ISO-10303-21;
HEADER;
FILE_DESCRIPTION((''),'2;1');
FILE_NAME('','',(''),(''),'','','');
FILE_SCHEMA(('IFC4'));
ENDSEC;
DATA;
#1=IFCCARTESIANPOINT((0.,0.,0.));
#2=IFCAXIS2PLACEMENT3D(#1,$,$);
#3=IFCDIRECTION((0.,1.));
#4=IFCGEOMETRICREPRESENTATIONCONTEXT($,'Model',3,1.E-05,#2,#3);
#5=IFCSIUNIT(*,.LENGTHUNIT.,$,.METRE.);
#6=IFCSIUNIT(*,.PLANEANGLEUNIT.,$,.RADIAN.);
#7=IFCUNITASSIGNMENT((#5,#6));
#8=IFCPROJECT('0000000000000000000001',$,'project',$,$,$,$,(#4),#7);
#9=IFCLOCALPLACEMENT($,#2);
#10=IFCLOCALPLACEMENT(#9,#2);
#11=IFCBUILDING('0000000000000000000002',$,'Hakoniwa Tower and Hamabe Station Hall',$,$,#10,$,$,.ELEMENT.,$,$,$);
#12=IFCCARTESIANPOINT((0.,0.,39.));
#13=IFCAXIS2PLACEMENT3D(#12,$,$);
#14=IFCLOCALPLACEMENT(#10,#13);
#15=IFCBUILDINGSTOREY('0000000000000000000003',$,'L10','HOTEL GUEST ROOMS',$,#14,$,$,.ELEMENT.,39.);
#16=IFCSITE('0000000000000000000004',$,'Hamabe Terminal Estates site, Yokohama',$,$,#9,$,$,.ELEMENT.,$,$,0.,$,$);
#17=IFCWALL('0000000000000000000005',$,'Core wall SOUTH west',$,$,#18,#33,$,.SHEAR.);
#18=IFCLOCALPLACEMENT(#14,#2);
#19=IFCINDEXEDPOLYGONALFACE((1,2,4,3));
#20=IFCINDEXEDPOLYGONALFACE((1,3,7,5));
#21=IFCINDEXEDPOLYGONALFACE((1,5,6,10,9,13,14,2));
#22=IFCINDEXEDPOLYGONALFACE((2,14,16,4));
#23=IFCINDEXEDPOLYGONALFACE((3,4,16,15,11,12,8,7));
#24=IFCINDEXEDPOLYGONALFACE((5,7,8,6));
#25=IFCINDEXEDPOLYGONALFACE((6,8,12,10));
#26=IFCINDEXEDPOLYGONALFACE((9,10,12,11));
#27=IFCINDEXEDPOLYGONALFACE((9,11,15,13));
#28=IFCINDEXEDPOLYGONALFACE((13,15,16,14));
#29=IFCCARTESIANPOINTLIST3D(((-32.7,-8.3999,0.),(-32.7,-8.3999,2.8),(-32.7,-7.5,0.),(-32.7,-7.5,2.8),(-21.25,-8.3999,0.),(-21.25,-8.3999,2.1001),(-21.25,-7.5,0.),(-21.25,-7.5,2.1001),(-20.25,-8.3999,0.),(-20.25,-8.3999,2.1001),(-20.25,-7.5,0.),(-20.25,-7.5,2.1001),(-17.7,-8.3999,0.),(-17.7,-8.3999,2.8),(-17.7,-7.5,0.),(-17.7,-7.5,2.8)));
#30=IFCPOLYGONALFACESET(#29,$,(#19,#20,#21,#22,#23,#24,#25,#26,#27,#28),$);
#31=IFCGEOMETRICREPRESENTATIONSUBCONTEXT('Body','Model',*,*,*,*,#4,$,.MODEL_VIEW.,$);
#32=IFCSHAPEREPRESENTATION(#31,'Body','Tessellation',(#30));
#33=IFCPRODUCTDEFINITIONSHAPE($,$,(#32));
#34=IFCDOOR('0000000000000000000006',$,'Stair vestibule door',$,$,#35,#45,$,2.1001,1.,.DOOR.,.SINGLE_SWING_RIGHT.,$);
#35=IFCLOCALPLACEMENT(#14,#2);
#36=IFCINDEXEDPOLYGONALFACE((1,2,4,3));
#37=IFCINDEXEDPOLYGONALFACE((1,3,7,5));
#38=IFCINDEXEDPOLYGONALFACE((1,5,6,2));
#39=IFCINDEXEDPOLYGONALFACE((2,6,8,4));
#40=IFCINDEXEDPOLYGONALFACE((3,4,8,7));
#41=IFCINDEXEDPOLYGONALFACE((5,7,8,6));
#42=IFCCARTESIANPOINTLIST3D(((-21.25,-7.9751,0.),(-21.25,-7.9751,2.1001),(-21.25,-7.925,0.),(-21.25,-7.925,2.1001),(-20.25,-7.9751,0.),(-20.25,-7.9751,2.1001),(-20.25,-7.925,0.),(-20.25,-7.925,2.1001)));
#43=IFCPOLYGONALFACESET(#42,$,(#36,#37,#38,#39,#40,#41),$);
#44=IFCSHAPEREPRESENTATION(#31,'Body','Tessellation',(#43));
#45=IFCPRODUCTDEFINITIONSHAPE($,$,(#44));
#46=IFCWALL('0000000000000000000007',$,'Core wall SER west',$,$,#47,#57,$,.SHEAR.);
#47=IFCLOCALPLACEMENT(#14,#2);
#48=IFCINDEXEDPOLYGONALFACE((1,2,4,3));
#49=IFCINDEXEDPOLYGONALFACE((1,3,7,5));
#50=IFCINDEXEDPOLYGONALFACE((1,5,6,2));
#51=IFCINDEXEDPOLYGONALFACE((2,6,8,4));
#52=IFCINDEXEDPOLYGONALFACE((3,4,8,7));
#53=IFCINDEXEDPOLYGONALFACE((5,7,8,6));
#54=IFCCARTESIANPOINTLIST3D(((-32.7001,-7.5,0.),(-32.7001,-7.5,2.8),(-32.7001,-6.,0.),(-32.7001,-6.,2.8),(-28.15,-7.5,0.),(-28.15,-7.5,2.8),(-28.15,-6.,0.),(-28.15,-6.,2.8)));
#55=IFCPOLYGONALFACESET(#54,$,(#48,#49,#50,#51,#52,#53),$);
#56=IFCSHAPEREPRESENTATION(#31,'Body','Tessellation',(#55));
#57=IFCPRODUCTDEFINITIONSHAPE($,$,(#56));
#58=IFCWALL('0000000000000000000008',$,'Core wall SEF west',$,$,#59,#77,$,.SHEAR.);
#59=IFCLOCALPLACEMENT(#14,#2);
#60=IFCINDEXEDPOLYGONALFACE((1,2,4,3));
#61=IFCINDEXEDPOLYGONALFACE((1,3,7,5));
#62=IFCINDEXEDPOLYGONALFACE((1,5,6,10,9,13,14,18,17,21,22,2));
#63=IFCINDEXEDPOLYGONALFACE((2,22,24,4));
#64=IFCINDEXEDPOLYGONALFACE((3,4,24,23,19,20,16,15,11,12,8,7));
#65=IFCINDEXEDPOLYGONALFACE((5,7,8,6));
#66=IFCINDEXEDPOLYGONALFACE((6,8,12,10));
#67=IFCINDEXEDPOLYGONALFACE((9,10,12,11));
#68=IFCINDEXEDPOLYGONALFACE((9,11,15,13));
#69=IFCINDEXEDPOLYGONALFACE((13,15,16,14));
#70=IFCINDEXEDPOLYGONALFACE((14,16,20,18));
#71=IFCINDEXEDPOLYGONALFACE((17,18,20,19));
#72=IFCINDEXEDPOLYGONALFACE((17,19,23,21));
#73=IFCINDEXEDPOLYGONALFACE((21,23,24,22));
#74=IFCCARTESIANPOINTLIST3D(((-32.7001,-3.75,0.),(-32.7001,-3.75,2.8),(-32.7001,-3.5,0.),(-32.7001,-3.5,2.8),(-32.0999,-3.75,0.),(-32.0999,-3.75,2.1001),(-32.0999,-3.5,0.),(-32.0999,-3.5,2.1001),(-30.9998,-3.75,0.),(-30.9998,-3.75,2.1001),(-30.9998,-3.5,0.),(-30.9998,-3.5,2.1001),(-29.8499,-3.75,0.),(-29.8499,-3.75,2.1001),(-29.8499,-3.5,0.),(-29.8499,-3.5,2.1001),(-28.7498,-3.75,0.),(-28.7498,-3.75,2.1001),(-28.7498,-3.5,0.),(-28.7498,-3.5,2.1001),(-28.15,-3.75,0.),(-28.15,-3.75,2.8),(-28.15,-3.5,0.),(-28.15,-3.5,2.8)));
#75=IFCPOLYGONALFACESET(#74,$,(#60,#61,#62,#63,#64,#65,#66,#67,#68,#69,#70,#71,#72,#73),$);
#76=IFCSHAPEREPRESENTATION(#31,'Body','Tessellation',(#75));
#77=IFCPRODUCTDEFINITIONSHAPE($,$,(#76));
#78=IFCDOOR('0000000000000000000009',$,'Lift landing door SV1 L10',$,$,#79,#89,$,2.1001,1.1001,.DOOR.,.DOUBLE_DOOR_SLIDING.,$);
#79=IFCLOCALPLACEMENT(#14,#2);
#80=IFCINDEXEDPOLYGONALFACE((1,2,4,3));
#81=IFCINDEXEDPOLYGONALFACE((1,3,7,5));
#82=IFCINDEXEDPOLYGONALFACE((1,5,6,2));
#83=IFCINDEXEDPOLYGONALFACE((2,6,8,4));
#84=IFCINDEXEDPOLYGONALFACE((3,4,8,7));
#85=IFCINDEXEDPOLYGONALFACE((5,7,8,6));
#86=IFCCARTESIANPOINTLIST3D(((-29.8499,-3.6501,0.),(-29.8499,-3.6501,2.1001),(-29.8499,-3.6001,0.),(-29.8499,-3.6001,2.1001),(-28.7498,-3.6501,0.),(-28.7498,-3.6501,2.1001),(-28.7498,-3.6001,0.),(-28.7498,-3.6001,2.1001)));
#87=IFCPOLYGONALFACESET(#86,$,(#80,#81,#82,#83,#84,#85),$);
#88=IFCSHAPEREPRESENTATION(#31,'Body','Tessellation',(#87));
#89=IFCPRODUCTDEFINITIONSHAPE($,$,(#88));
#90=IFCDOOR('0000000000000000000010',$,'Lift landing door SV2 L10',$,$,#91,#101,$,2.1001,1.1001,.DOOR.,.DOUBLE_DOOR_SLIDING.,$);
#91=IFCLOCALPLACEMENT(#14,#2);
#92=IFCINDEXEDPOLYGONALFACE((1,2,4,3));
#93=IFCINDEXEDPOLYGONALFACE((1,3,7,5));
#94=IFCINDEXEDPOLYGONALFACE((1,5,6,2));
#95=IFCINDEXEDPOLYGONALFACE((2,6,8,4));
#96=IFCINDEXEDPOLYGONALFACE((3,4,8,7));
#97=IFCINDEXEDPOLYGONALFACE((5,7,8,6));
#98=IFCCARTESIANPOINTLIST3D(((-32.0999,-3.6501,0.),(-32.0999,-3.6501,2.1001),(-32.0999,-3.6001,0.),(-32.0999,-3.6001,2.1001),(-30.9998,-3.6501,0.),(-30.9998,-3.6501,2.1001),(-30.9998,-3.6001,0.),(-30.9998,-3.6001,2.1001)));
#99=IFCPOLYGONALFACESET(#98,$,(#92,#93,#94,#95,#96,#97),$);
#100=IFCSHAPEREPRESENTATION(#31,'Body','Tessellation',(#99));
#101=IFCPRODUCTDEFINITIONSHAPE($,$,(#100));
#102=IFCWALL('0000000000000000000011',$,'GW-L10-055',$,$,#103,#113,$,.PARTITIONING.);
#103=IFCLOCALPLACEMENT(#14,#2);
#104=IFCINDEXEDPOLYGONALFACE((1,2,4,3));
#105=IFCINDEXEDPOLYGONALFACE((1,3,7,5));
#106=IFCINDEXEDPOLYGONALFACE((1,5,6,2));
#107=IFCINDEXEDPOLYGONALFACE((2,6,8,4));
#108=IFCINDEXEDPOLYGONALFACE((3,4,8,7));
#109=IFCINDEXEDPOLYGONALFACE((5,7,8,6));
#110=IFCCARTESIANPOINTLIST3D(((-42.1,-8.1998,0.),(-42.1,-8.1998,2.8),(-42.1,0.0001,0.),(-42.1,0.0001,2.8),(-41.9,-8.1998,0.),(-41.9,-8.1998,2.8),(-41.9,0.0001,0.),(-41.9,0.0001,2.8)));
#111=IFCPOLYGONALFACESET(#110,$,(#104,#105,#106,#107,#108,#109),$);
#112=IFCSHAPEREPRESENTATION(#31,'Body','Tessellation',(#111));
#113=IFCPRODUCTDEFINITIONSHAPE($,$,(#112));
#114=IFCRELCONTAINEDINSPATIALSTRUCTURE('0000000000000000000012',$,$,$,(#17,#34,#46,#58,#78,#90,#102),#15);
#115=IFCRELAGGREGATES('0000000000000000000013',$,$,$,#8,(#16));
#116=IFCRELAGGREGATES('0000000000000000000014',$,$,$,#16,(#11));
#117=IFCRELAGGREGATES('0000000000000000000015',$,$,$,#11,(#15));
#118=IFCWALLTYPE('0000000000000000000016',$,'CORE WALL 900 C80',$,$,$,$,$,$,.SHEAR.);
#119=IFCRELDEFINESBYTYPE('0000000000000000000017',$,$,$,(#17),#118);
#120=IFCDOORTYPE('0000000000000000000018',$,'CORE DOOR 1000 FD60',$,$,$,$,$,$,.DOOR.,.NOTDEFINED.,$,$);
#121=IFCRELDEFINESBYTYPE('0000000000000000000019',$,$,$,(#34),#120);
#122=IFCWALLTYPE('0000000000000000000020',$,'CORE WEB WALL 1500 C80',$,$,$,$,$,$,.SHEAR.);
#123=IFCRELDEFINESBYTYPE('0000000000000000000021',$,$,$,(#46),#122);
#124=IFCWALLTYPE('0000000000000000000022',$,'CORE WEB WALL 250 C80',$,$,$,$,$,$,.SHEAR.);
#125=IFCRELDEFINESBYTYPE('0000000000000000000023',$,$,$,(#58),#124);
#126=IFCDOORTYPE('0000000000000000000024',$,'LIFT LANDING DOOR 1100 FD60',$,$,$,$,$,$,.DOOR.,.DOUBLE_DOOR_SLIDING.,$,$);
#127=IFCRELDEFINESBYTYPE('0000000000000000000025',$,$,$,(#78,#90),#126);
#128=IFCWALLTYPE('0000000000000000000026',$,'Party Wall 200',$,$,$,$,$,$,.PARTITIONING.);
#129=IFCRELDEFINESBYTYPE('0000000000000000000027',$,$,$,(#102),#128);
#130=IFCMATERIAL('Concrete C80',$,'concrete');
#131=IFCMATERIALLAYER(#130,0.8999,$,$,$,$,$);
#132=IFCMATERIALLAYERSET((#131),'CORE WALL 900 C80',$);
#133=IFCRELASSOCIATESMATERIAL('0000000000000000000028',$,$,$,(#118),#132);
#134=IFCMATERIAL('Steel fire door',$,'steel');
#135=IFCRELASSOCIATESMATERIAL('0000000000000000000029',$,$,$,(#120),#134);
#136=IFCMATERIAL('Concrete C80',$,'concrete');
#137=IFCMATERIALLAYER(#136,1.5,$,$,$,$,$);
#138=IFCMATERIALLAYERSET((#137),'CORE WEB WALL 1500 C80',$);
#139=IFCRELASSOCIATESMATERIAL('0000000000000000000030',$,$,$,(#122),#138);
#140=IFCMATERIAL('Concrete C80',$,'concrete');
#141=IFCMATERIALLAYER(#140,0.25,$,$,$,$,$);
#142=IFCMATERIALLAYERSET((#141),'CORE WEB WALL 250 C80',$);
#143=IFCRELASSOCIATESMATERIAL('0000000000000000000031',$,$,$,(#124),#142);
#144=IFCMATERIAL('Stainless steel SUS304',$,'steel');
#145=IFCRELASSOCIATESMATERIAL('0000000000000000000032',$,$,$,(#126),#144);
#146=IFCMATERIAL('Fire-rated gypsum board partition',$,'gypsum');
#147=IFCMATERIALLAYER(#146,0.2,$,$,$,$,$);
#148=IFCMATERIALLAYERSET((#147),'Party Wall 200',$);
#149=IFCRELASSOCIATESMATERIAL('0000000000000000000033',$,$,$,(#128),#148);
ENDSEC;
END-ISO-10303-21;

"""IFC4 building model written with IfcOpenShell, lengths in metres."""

from ifc_helpers import new_model, si_unit, direction, frame, frame_2d, origin, place, context, subcontext, project, spatial, rectangle, extrude, material, layer, layer_set, type_object, element, fill, save


model = new_model("IFC4")

# Units and contexts
model_context = context("Model", 3, precision=1e-05, world=origin(), true_north=direction((0.0, 1.0)))
body_context = subcontext(model_context, "Body", "Model", "MODEL_VIEW")
ifc_project = project(units=[si_unit("LENGTHUNIT", "METRE"), si_unit("PLANEANGLEUNIT", "RADIAN")], contexts=[model_context])

# Site, building, storey
site_placement = place(None, origin())
site = spatial("IfcSite", under=ifc_project, at=site_placement, Name="Hamabe Terminal Estates site, Yokohama", CompositionType="ELEMENT", RefElevation=0.0)
building_placement = place(site_placement, origin())
building = spatial("IfcBuilding", under=site, at=building_placement, Name="Hakoniwa Tower and Hamabe Station Hall", CompositionType="ELEMENT")
storey_placement = place(building_placement, frame((0.0, 0.0, 39.0)))
storey = spatial("IfcBuildingStorey", under=building, at=storey_placement, Name="L10", Description="HOTEL GUEST ROOMS", CompositionType="ELEMENT", Elevation=39.0)

# Shared definitions
ifc_material_1 = material(Name="Concrete C80", Category="concrete")
ifc_layer_1 = layer(ifc_material_1, 0.8999)
ifc_layer_set_1 = layer_set([ifc_layer_1], Name="CORE WALL 900 C80")
wall_type_1 = type_object("IfcWallType", Name="CORE WALL 900 C80", PredefinedType="SHEAR", material=ifc_layer_set_1)

# Wall, opening, door
wall_1_placement = place(storey_placement, frame((-32.7, -7.95, 0.0), z_axis=(0.0, 0.0, 1.0), x_axis=(1.0, 0.0, 0.0)))
wall_1 = element("IfcWall", 1, at=wall_1_placement, inside=storey, type_object=wall_type_1, Name="Core wall SOUTH west", PredefinedType="SHEAR", context=body_context, shape_type="SweptSolid", body=[
    extrude(rectangle(XDim=15.0, YDim=0.8999, at=frame_2d((7.5, 0.0))), origin(), (0.0, 0.0, 1.0), 2.8),
])
opening_1_placement = place(wall_1_placement, frame((11.45, 0.0, 0.0)))
opening_1 = element("IfcOpeningElement", 2, at=opening_1_placement, cuts=wall_1, PredefinedType="OPENING", context=body_context, shape_type="SweptSolid", body=[
    extrude(rectangle(XDim=1.0, YDim=2.1001, at=frame_2d((0.5, 1.05))), frame((0.0, 0.46, 0.0), z_axis=(0.0, -1.0, 0.0), x_axis=(1.0, 0.0, 0.0)), (0.0, 0.0, 1.0), 0.9199),
])
ifc_material_2 = material(Name="Steel fire door", Category="steel")
door_type_1 = type_object("IfcDoorType", Name="CORE DOOR 1000 FD60", OperationType="NOTDEFINED", PredefinedType="DOOR", material=ifc_material_2)
door_1_placement = place(opening_1_placement, origin())
door_1 = element("IfcDoor", 3, at=door_1_placement, inside=storey, type_object=door_type_1, Name="Stair vestibule door", OperationType="SINGLE_SWING_RIGHT", OverallHeight=2.1001, OverallWidth=1.0, PredefinedType="DOOR", context=body_context, shape_type="SweptSolid", body=[
    extrude(rectangle(XDim=1.0, YDim=2.1001, at=frame_2d((0.5, 1.05))), frame((0.0, 0.0249, 0.0), z_axis=(0.0, -1.0, 0.0), x_axis=(1.0, 0.0, 0.0)), (0.0, 0.0, 1.0), 0.05),
])
fill(opening_1, door_1)

# Wall
ifc_material_3 = material(Name="Concrete C80", Category="concrete")
ifc_layer_2 = layer(ifc_material_3, 1.5)
ifc_layer_set_2 = layer_set([ifc_layer_2], Name="CORE WEB WALL 1500 C80")
wall_type_2 = type_object("IfcWallType", Name="CORE WEB WALL 1500 C80", PredefinedType="SHEAR", material=ifc_layer_set_2)
wall_2_placement = place(storey_placement, frame((-32.7, -6.75, 0.0), z_axis=(0.0, 0.0, 1.0), x_axis=(1.0, 0.0, 0.0)))
element("IfcWall", 4, at=wall_2_placement, inside=storey, type_object=wall_type_2, Name="Core wall SER west", PredefinedType="SHEAR", context=body_context, shape_type="SweptSolid", body=[
    extrude(rectangle(XDim=4.55, YDim=1.5, at=frame_2d((2.2749, 0.0))), origin(), (0.0, 0.0, 1.0), 2.8),
])

# Wall, openings, doors
ifc_material_4 = material(Name="Concrete C80", Category="concrete")
ifc_layer_3 = layer(ifc_material_4, 0.25)
ifc_layer_set_3 = layer_set([ifc_layer_3], Name="CORE WEB WALL 250 C80")
wall_type_3 = type_object("IfcWallType", Name="CORE WEB WALL 250 C80", PredefinedType="SHEAR", material=ifc_layer_set_3)
wall_3_placement = place(storey_placement, frame((-32.7, -3.625, 0.0), z_axis=(0.0, 0.0, 1.0), x_axis=(1.0, 0.0, 0.0)))
wall_3 = element("IfcWall", 5, at=wall_3_placement, inside=storey, type_object=wall_type_3, Name="Core wall SEF west", PredefinedType="SHEAR", context=body_context, shape_type="SweptSolid", body=[
    extrude(rectangle(XDim=4.55, YDim=0.25, at=frame_2d((2.2749, 0.0))), origin(), (0.0, 0.0, 1.0), 2.8),
])
opening_2_placement = place(wall_3_placement, frame((2.8501, 0.0, 0.0)))
opening_2 = element("IfcOpeningElement", 6, at=opening_2_placement, cuts=wall_3, PredefinedType="OPENING", context=body_context, shape_type="SweptSolid", body=[
    extrude(rectangle(XDim=1.1001, YDim=2.1001, at=frame_2d((0.55, 1.05))), frame((0.0, 0.135, 0.0), z_axis=(0.0, -1.0, 0.0), x_axis=(1.0, 0.0, 0.0)), (0.0, 0.0, 1.0), 0.27),
])
opening_3_placement = place(wall_3_placement, frame((0.6001, 0.0, 0.0)))
opening_3 = element("IfcOpeningElement", 7, at=opening_3_placement, cuts=wall_3, PredefinedType="OPENING", context=body_context, shape_type="SweptSolid", body=[
    extrude(rectangle(XDim=1.1001, YDim=2.1001, at=frame_2d((0.55, 1.05))), frame((0.0, 0.135, 0.0), z_axis=(0.0, -1.0, 0.0), x_axis=(1.0, 0.0, 0.0)), (0.0, 0.0, 1.0), 0.27),
])
ifc_material_5 = material(Name="Stainless steel SUS304", Category="steel")
door_type_2 = type_object("IfcDoorType", Name="LIFT LANDING DOOR 1100 FD60", OperationType="DOUBLE_DOOR_SLIDING", PredefinedType="DOOR", material=ifc_material_5)
door_2_placement = place(opening_2_placement, origin())
door_2 = element("IfcDoor", 8, at=door_2_placement, inside=storey, type_object=door_type_2, Name="Lift landing door SV1 L10", OperationType="DOUBLE_DOOR_SLIDING", OverallHeight=2.1001, OverallWidth=1.1001, PredefinedType="DOOR", context=body_context, shape_type="SweptSolid", body=[
    extrude(rectangle(XDim=1.1001, YDim=2.1001, at=frame_2d((0.55, 1.05))), frame((0.0, 0.0249, 0.0), z_axis=(0.0, -1.0, 0.0), x_axis=(1.0, 0.0, 0.0)), (0.0, 0.0, 1.0), 0.05),
])
fill(opening_2, door_2)
door_3_placement = place(opening_3_placement, origin())
door_3 = element("IfcDoor", 9, at=door_3_placement, inside=storey, type_object=door_type_2, Name="Lift landing door SV2 L10", OperationType="DOUBLE_DOOR_SLIDING", OverallHeight=2.1001, OverallWidth=1.1001, PredefinedType="DOOR", context=body_context, shape_type="SweptSolid", body=[
    extrude(rectangle(XDim=1.1001, YDim=2.1001, at=frame_2d((0.55, 1.05))), frame((0.0, 0.0249, 0.0), z_axis=(0.0, -1.0, 0.0), x_axis=(1.0, 0.0, 0.0)), (0.0, 0.0, 1.0), 0.05),
])
fill(opening_3, door_3)

# Wall
ifc_material_6 = material(Name="Fire-rated gypsum board partition", Category="gypsum")
ifc_layer_4 = layer(ifc_material_6, 0.2)
ifc_layer_set_4 = layer_set([ifc_layer_4], Name="Party Wall 200")
wall_type_4 = type_object("IfcWallType", Name="Party Wall 200", PredefinedType="PARTITIONING", material=ifc_layer_set_4)
wall_4_placement = place(storey_placement, frame((-42.0, -8.2, 0.0), z_axis=(0.0, 0.0, 1.0), x_axis=(0.0, 1.0, 0.0)))
element("IfcWall", 10, at=wall_4_placement, inside=storey, type_object=wall_type_4, Name="GW-L10-055", PredefinedType="PARTITIONING", context=body_context, shape_type="SweptSolid", body=[
    extrude(rectangle(XDim=8.2, YDim=0.2, at=frame_2d((4.1001, 0.0))), origin(), (0.0, 0.0, 1.0), 2.8),
])

save(model, "model.ifc")
